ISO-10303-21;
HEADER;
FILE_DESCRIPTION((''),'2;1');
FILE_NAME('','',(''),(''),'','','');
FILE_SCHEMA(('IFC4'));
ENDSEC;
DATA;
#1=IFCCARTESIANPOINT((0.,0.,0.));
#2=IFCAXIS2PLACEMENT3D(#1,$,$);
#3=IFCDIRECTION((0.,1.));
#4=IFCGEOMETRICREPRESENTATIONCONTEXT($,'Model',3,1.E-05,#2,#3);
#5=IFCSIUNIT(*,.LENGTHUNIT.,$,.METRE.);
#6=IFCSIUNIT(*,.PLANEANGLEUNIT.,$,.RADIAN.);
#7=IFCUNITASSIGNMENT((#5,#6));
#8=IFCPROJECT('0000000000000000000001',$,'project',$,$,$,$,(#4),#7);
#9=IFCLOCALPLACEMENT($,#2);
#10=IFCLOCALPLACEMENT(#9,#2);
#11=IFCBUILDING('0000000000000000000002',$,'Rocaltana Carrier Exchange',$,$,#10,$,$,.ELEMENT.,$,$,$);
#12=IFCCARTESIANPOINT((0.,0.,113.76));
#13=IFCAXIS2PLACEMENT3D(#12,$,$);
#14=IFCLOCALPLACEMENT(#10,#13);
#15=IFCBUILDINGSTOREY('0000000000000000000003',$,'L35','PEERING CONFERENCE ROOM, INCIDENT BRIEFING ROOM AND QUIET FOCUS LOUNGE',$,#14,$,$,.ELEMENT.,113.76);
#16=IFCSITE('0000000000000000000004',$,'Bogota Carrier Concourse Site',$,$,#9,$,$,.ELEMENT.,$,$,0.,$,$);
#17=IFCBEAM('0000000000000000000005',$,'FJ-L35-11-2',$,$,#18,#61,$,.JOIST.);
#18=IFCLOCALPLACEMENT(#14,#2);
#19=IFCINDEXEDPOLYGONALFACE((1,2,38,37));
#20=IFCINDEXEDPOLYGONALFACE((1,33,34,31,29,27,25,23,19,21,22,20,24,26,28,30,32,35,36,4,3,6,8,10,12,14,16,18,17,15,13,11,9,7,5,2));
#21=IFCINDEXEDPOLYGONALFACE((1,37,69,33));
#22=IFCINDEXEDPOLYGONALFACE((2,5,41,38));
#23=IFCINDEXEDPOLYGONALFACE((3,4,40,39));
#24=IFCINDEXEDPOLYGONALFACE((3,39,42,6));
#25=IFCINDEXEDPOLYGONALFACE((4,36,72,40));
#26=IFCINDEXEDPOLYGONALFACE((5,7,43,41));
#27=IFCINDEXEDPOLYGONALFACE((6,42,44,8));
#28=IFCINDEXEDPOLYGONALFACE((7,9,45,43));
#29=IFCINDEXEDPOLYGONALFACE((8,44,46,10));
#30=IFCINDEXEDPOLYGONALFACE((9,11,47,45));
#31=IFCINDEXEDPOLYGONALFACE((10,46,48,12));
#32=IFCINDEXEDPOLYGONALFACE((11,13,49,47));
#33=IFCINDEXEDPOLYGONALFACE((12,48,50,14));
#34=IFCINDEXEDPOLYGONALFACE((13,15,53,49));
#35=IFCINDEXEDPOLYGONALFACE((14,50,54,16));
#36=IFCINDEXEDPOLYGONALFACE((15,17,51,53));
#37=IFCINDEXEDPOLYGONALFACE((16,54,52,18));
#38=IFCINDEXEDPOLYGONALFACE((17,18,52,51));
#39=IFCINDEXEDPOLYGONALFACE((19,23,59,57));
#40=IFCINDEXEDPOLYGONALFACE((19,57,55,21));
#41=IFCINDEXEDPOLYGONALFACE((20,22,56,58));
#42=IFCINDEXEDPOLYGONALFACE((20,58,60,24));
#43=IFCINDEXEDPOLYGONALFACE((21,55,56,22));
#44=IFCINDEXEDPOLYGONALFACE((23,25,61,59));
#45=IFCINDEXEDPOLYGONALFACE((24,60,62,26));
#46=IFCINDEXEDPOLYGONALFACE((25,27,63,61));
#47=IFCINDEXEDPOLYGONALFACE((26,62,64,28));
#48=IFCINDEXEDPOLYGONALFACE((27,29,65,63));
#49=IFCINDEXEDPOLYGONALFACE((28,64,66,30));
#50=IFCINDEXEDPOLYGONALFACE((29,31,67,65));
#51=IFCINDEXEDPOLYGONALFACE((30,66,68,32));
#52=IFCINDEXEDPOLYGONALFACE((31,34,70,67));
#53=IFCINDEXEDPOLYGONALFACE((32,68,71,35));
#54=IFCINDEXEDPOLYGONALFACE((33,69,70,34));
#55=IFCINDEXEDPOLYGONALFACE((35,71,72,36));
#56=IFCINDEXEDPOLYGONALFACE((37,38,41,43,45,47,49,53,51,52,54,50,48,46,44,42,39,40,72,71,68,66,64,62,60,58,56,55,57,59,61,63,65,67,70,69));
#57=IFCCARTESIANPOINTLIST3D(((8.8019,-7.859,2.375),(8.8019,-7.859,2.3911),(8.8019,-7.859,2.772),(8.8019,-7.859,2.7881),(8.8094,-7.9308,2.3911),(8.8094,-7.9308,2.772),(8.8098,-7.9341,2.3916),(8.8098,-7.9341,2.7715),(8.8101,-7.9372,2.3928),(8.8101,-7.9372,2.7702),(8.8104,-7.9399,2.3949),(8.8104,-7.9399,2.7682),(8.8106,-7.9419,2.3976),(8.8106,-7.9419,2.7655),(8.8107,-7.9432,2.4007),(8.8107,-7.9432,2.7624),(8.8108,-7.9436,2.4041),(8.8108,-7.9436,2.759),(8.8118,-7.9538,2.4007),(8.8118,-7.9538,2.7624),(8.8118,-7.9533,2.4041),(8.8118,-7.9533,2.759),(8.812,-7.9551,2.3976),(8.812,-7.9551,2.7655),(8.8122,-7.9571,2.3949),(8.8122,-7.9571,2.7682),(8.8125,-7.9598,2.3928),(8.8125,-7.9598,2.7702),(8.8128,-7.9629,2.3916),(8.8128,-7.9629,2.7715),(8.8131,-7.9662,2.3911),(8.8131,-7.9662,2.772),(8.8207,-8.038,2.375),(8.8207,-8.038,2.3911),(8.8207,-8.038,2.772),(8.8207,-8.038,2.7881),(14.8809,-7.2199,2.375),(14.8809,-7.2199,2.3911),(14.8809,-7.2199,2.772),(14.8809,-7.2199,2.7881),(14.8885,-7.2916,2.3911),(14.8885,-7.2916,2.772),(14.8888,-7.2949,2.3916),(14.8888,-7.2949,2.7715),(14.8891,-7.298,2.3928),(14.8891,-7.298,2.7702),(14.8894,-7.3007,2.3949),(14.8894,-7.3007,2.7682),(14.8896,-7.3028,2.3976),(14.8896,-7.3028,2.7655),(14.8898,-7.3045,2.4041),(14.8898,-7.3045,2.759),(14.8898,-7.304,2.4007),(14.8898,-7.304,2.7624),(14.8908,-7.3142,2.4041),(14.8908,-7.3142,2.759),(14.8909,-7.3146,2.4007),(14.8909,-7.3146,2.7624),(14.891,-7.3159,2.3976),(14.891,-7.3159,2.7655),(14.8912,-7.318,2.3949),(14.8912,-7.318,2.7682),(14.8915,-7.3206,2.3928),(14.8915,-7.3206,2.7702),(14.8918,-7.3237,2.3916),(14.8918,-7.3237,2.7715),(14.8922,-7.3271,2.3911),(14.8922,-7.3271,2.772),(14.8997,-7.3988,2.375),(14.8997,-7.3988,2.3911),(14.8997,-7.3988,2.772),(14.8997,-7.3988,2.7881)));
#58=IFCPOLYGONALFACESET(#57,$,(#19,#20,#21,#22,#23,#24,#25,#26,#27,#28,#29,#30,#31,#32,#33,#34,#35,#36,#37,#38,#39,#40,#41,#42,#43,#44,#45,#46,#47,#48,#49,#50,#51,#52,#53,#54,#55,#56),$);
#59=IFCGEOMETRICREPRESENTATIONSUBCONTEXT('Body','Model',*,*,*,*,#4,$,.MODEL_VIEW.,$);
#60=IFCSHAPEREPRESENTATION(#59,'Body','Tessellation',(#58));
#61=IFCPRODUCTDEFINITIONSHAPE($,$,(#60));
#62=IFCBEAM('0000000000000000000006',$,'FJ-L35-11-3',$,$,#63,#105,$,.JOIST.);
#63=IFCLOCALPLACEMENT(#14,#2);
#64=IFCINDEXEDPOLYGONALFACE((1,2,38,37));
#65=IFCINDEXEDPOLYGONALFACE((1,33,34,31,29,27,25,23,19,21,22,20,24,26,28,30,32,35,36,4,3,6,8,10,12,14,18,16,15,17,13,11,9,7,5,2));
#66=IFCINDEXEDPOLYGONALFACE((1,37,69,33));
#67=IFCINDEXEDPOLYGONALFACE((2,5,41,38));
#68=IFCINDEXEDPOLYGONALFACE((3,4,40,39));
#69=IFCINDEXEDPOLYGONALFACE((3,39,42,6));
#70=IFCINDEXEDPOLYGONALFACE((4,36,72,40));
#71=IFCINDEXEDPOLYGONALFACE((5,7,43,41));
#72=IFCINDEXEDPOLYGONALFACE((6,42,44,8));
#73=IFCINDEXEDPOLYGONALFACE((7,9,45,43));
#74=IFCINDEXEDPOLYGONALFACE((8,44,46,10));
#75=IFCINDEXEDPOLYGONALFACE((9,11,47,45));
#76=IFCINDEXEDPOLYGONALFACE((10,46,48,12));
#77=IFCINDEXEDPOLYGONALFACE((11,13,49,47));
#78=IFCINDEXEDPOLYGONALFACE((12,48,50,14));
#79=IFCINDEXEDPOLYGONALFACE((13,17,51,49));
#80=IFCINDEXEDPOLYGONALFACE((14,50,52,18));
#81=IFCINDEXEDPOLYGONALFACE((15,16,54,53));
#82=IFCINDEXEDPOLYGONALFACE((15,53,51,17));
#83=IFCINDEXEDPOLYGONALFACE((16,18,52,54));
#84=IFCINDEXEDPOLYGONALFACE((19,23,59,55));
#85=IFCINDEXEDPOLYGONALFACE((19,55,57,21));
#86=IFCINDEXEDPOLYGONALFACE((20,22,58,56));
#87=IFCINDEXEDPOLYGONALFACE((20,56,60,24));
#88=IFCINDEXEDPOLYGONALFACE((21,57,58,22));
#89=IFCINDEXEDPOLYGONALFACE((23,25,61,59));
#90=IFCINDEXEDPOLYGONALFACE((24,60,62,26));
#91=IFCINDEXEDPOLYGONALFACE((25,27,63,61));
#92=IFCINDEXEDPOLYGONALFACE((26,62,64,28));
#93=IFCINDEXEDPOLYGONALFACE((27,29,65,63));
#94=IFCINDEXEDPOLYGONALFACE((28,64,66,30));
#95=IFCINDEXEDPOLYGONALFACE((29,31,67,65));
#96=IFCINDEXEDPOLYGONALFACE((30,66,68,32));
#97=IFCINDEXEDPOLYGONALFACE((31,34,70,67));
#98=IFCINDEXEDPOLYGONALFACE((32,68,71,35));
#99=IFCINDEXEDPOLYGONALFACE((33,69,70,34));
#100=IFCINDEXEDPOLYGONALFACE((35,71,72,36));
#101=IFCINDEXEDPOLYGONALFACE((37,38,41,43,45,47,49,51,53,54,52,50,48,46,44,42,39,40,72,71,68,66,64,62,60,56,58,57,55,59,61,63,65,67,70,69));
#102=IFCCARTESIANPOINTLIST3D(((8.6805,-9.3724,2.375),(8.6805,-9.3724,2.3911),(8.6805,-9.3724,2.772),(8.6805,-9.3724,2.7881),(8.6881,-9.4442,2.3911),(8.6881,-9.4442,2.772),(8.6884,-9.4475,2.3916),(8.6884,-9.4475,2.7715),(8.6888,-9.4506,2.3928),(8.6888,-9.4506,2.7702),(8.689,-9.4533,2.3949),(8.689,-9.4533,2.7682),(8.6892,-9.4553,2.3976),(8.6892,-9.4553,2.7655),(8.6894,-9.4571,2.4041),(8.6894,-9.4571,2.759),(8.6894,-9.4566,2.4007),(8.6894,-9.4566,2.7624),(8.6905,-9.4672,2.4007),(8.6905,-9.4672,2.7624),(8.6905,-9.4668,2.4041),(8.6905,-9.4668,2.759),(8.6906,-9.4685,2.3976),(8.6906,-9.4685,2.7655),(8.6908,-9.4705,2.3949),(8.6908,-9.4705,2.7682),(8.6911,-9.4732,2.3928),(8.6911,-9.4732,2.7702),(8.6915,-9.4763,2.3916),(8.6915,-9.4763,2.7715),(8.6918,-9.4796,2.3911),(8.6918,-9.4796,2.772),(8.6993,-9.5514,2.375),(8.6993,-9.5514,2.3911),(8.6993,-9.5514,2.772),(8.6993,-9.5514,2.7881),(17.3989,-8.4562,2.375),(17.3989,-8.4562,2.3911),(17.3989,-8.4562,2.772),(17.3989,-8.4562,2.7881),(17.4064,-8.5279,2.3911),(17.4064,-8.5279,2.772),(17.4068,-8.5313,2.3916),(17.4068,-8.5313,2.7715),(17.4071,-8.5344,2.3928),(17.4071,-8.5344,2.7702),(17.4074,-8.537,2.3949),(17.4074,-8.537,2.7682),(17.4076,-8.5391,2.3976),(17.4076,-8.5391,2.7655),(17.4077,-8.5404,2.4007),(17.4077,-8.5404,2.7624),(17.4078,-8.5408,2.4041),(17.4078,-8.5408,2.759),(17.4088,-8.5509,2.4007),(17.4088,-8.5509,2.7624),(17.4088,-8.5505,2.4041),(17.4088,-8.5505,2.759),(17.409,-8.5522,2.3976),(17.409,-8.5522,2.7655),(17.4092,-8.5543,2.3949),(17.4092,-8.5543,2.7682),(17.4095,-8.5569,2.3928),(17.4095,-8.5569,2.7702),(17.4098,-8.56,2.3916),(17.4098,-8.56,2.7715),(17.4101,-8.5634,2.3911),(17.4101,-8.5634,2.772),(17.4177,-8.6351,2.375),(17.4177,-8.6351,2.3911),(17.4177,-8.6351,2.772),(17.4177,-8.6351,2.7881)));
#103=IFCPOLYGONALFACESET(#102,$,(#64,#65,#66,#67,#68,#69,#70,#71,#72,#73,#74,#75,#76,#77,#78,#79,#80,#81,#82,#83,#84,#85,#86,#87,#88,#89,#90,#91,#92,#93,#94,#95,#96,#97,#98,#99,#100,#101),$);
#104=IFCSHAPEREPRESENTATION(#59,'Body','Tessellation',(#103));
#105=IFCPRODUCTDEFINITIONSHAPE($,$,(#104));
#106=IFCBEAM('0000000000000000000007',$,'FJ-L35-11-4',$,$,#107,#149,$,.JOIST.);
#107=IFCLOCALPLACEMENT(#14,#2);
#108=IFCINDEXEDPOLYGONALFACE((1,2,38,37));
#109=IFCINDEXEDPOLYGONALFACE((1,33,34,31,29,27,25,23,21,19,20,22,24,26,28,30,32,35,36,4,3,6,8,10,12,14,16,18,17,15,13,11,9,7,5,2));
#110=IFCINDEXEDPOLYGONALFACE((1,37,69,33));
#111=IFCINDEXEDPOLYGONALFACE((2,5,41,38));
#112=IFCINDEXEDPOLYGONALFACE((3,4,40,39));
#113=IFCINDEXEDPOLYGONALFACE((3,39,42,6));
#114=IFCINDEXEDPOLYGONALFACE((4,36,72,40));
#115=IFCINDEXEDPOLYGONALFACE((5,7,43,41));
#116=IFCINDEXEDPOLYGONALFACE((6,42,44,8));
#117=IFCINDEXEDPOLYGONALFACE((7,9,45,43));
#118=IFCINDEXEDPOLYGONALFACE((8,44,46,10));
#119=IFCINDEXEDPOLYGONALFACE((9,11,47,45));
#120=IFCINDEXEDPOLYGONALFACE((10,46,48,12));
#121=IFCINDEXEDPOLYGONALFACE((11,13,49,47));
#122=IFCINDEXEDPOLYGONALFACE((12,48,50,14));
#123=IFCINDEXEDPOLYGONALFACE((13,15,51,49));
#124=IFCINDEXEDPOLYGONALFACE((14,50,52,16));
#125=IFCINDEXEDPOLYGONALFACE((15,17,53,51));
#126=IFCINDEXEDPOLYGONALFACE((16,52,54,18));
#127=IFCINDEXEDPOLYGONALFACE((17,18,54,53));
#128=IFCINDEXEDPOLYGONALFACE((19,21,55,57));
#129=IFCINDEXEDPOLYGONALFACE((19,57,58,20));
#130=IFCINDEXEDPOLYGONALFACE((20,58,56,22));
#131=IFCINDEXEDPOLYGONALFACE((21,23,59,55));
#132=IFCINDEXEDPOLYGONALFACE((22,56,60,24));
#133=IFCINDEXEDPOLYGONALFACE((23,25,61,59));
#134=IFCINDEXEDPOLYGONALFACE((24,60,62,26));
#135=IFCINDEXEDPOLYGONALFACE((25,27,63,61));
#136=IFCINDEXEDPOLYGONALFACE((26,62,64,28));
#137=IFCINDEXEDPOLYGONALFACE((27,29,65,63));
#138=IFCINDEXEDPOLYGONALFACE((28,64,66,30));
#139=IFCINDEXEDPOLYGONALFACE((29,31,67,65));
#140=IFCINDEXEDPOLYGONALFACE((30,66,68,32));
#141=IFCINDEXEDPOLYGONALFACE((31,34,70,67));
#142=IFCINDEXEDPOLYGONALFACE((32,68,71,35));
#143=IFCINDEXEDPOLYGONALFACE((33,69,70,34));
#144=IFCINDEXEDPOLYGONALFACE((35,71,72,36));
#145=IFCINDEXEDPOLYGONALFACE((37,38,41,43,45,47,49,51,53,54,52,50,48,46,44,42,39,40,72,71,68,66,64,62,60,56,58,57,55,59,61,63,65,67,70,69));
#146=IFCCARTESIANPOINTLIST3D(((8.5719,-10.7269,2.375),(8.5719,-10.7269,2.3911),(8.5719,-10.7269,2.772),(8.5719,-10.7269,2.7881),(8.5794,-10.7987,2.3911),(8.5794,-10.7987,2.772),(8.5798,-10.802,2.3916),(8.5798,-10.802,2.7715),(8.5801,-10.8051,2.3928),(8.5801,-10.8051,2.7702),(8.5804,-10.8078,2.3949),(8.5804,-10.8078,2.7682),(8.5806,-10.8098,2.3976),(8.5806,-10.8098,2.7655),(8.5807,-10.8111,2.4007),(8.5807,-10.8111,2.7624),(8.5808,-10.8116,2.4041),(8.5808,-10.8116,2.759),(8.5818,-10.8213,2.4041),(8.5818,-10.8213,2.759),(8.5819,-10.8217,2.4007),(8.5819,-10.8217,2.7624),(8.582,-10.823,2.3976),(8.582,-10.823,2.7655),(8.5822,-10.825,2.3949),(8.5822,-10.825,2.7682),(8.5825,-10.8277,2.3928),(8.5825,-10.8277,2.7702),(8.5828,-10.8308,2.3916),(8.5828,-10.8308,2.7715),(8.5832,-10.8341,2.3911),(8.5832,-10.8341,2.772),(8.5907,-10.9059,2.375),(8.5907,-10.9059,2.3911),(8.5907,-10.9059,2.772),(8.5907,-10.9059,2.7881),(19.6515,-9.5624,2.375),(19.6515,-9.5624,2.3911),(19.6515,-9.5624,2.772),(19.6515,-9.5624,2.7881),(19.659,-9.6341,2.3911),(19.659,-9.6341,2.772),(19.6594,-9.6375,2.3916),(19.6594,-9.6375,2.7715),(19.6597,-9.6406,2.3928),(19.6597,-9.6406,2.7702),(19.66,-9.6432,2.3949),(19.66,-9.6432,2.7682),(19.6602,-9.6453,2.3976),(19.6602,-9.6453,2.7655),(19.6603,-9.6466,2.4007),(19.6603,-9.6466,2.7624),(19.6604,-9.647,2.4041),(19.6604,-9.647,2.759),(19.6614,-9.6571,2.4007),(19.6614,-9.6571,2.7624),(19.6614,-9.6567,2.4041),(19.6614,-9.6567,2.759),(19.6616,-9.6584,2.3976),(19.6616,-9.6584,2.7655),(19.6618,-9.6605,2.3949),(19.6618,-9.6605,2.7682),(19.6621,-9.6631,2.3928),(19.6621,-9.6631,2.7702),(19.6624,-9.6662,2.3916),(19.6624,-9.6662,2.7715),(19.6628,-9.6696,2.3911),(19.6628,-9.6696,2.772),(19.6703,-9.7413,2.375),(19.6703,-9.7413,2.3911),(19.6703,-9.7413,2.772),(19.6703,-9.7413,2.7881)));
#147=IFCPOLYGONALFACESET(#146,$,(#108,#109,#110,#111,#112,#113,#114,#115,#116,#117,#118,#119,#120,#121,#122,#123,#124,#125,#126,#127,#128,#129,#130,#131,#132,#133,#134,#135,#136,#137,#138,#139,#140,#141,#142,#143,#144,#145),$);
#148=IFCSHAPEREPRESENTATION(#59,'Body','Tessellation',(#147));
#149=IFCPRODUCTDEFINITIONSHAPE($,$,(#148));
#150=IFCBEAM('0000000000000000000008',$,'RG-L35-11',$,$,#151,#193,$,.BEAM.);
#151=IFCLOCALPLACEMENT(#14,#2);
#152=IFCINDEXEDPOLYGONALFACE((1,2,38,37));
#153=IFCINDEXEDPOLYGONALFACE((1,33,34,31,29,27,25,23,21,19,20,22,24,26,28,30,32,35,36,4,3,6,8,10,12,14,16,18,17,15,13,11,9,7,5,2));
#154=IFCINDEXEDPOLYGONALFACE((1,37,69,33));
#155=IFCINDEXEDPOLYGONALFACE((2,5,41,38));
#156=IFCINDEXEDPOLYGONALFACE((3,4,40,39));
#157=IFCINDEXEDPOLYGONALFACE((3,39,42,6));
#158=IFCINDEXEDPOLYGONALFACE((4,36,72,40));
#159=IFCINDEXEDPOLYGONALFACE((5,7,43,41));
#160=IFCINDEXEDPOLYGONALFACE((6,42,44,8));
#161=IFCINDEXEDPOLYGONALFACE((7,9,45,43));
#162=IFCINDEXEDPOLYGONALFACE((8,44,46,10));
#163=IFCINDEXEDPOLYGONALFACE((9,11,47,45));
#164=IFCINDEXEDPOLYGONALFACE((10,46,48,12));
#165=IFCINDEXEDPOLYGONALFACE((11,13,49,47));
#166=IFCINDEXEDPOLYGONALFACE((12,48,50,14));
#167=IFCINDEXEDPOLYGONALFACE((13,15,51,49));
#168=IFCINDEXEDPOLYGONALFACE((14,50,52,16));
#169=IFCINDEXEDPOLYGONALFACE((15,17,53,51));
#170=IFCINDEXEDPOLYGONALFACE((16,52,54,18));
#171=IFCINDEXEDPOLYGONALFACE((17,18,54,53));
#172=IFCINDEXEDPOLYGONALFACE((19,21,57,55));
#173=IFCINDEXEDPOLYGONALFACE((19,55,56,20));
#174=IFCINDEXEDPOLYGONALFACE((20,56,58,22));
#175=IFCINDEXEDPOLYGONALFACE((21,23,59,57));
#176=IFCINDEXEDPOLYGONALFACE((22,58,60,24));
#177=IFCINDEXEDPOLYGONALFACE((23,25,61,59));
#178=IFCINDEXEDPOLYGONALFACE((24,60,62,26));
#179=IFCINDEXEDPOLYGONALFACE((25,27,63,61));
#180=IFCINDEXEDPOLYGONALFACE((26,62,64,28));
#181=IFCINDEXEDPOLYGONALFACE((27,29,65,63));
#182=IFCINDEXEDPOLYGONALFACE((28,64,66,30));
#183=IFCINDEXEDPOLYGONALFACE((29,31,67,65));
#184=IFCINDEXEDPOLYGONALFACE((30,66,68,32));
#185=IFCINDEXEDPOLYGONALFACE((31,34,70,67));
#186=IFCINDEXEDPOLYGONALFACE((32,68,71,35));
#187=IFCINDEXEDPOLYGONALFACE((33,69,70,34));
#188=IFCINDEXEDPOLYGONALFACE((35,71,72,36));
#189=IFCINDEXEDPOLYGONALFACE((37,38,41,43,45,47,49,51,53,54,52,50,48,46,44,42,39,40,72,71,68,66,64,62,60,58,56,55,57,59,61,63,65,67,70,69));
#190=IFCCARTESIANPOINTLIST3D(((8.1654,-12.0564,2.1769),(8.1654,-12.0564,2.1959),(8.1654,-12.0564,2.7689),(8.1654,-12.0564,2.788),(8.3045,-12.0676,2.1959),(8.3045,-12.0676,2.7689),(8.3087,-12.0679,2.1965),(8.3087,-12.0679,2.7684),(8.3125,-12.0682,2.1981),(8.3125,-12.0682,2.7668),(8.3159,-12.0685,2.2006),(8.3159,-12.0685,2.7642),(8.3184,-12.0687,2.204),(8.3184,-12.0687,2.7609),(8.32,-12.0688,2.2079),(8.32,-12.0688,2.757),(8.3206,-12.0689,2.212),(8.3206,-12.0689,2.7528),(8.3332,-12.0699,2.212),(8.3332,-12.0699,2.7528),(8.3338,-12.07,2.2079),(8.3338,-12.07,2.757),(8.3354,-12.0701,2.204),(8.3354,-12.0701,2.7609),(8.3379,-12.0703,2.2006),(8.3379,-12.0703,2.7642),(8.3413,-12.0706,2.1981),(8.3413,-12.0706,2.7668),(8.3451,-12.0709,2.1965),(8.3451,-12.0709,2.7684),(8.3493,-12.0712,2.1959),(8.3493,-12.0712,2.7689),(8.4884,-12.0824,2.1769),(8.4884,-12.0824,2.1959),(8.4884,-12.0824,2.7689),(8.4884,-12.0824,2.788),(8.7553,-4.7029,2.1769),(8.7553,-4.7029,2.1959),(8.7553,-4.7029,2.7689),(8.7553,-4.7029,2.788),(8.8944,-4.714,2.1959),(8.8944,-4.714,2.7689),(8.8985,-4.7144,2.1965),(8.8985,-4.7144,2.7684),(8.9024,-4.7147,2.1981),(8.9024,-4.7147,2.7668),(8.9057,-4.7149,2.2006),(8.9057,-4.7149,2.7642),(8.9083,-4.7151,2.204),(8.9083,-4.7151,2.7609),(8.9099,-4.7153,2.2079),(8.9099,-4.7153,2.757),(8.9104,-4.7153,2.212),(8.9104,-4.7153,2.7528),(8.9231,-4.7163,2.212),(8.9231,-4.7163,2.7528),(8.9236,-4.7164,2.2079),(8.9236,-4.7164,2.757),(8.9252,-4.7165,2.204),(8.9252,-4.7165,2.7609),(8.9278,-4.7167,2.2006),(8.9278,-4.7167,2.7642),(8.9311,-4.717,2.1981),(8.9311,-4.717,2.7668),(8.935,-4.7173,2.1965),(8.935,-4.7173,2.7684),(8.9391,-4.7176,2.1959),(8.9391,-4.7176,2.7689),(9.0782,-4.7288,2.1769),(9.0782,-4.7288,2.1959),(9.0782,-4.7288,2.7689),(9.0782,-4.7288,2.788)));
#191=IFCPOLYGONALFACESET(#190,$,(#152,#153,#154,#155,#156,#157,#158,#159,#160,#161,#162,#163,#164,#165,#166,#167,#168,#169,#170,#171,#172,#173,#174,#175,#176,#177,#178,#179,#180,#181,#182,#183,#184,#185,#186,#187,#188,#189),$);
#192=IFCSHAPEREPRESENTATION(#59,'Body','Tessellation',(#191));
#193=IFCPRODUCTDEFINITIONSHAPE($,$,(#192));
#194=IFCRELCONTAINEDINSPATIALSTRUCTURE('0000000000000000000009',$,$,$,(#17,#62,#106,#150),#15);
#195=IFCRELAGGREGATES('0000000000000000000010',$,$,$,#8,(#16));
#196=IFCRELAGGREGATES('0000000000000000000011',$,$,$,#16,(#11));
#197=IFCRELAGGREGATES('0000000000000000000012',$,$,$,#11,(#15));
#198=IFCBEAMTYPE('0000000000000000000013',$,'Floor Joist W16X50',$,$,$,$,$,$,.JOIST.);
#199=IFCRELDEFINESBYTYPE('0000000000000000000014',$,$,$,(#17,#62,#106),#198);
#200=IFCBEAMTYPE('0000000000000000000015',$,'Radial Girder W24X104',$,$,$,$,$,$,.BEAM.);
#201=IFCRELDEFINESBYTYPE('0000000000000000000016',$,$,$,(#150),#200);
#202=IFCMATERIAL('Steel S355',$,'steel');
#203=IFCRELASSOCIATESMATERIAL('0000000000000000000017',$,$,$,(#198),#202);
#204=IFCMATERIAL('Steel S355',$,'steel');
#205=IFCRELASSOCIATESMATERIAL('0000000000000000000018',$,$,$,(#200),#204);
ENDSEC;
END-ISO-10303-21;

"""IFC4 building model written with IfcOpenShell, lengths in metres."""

from ifc_helpers import new_model, si_unit, direction, frame, origin, origin_2d, place, context, subcontext, project, spatial, i_section, extrude, material, material_profile, profile_set, type_object, element, save


model = new_model("IFC4")

# Units and contexts
model_context = context("Model", 3, precision=1e-05, world=origin(), true_north=direction((0.0, 1.0)))
body_context = subcontext(model_context, "Body", "Model", "MODEL_VIEW")
ifc_project = project(units=[si_unit("LENGTHUNIT", "METRE"), si_unit("PLANEANGLEUNIT", "RADIAN")], contexts=[model_context])

# Site, building, storey
site_placement = place(None, origin())
site = spatial("IfcSite", under=ifc_project, at=site_placement, Name="Bogota Carrier Concourse Site", CompositionType="ELEMENT", RefElevation=0.0)
building_placement = place(site_placement, origin())
building = spatial("IfcBuilding", under=site, at=building_placement, Name="Rocaltana Carrier Exchange", CompositionType="ELEMENT")
storey_placement = place(building_placement, frame((0.0, 0.0, 113.76)))
storey = spatial("IfcBuildingStorey", under=building, at=storey_placement, Name="L35", Description="PEERING CONFERENCE ROOM, INCIDENT BRIEFING ROOM AND QUIET FOCUS LOUNGE", CompositionType="ELEMENT", Elevation=113.76)

# Beams
ifc_material_1 = material(Name="Steel S355", Category="steel")
ifc_material_profile_1 = material_profile(ifc_material_1, i_section(OverallWidth=0.1799, OverallDepth=0.4131, WebThickness=0.0098, FlangeThickness=0.0161, FilletRadius=0.0129, at=origin_2d()), Name="W16X50")
ifc_profile_set_1 = profile_set([ifc_material_profile_1], Name="Steel S355")
beam_type_1 = type_object("IfcBeamType", Name="Floor Joist W16X50", PredefinedType="JOIST", material=ifc_profile_set_1)
beam_1_placement = place(storey_placement, frame((8.8113, -7.9485, 2.5815), z_axis=(0.994518, 0.104564, 0.0), x_axis=(-0.104564, 0.994518, 0.0)))
element("IfcBeam", 1, at=beam_1_placement, inside=storey, type_object=beam_type_1, Name="FJ-L35-11-2", PredefinedType="JOIST", context=body_context, shape_type="SweptSolid", body=[
    extrude(i_section(OverallWidth=0.1799, OverallDepth=0.4131, WebThickness=0.0098, FlangeThickness=0.0161, FilletRadius=0.0129, at=origin_2d()), origin(), (0.0, 0.0, 1.0), 6.1125),
])
beam_2_placement = place(storey_placement, frame((8.6899, -9.4619, 2.5815), z_axis=(0.994523, 0.104521, 0.0), x_axis=(-0.104521, 0.994523, 0.0)))
element("IfcBeam", 2, at=beam_2_placement, inside=storey, type_object=beam_type_1, Name="FJ-L35-11-3", PredefinedType="JOIST", context=body_context, shape_type="SweptSolid", body=[
    extrude(i_section(OverallWidth=0.1799, OverallDepth=0.4131, WebThickness=0.0098, FlangeThickness=0.0161, FilletRadius=0.0129, at=origin_2d()), origin(), (0.0, 0.0, 1.0), 8.7664),
])
beam_3_placement = place(storey_placement, frame((8.5813, -10.8164, 2.5815), z_axis=(0.994522, 0.104532, 0.0), x_axis=(-0.104532, 0.994522, 0.0)))
element("IfcBeam", 3, at=beam_3_placement, inside=storey, type_object=beam_type_1, Name="FJ-L35-11-4", PredefinedType="JOIST", context=body_context, shape_type="SweptSolid", body=[
    extrude(i_section(OverallWidth=0.1799, OverallDepth=0.4131, WebThickness=0.0098, FlangeThickness=0.0161, FilletRadius=0.0129, at=origin_2d()), origin(), (0.0, 0.0, 1.0), 11.1406),
])
ifc_material_2 = material(Name="Steel S355", Category="steel")
ifc_material_profile_2 = material_profile(ifc_material_2, i_section(OverallWidth=0.324, OverallDepth=0.6111, WebThickness=0.0127, FlangeThickness=0.019, FilletRadius=0.0161, at=origin_2d()), Name="W24X104")
ifc_profile_set_2 = profile_set([ifc_material_profile_2], Name="Steel S355")
beam_type_2 = type_object("IfcBeamType", Name="Radial Girder W24X104", PredefinedType="BEAM", material=ifc_profile_set_2)
beam_4_placement = place(storey_placement, frame((8.9167, -4.7158, 2.4824), z_axis=(-0.079956, -0.996798, 0.0), x_axis=(0.996798, -0.079956, 0.0)))
element("IfcBeam", 4, at=beam_4_placement, inside=storey, type_object=beam_type_2, Name="RG-L35-11", PredefinedType="BEAM", context=body_context, shape_type="SweptSolid", body=[
    extrude(i_section(OverallWidth=0.324, OverallDepth=0.6111, WebThickness=0.0127, FlangeThickness=0.019, FilletRadius=0.0161, at=origin_2d()), origin(), (0.0, 0.0, 1.0), 7.3772),
])

save(model, "model.ifc")
